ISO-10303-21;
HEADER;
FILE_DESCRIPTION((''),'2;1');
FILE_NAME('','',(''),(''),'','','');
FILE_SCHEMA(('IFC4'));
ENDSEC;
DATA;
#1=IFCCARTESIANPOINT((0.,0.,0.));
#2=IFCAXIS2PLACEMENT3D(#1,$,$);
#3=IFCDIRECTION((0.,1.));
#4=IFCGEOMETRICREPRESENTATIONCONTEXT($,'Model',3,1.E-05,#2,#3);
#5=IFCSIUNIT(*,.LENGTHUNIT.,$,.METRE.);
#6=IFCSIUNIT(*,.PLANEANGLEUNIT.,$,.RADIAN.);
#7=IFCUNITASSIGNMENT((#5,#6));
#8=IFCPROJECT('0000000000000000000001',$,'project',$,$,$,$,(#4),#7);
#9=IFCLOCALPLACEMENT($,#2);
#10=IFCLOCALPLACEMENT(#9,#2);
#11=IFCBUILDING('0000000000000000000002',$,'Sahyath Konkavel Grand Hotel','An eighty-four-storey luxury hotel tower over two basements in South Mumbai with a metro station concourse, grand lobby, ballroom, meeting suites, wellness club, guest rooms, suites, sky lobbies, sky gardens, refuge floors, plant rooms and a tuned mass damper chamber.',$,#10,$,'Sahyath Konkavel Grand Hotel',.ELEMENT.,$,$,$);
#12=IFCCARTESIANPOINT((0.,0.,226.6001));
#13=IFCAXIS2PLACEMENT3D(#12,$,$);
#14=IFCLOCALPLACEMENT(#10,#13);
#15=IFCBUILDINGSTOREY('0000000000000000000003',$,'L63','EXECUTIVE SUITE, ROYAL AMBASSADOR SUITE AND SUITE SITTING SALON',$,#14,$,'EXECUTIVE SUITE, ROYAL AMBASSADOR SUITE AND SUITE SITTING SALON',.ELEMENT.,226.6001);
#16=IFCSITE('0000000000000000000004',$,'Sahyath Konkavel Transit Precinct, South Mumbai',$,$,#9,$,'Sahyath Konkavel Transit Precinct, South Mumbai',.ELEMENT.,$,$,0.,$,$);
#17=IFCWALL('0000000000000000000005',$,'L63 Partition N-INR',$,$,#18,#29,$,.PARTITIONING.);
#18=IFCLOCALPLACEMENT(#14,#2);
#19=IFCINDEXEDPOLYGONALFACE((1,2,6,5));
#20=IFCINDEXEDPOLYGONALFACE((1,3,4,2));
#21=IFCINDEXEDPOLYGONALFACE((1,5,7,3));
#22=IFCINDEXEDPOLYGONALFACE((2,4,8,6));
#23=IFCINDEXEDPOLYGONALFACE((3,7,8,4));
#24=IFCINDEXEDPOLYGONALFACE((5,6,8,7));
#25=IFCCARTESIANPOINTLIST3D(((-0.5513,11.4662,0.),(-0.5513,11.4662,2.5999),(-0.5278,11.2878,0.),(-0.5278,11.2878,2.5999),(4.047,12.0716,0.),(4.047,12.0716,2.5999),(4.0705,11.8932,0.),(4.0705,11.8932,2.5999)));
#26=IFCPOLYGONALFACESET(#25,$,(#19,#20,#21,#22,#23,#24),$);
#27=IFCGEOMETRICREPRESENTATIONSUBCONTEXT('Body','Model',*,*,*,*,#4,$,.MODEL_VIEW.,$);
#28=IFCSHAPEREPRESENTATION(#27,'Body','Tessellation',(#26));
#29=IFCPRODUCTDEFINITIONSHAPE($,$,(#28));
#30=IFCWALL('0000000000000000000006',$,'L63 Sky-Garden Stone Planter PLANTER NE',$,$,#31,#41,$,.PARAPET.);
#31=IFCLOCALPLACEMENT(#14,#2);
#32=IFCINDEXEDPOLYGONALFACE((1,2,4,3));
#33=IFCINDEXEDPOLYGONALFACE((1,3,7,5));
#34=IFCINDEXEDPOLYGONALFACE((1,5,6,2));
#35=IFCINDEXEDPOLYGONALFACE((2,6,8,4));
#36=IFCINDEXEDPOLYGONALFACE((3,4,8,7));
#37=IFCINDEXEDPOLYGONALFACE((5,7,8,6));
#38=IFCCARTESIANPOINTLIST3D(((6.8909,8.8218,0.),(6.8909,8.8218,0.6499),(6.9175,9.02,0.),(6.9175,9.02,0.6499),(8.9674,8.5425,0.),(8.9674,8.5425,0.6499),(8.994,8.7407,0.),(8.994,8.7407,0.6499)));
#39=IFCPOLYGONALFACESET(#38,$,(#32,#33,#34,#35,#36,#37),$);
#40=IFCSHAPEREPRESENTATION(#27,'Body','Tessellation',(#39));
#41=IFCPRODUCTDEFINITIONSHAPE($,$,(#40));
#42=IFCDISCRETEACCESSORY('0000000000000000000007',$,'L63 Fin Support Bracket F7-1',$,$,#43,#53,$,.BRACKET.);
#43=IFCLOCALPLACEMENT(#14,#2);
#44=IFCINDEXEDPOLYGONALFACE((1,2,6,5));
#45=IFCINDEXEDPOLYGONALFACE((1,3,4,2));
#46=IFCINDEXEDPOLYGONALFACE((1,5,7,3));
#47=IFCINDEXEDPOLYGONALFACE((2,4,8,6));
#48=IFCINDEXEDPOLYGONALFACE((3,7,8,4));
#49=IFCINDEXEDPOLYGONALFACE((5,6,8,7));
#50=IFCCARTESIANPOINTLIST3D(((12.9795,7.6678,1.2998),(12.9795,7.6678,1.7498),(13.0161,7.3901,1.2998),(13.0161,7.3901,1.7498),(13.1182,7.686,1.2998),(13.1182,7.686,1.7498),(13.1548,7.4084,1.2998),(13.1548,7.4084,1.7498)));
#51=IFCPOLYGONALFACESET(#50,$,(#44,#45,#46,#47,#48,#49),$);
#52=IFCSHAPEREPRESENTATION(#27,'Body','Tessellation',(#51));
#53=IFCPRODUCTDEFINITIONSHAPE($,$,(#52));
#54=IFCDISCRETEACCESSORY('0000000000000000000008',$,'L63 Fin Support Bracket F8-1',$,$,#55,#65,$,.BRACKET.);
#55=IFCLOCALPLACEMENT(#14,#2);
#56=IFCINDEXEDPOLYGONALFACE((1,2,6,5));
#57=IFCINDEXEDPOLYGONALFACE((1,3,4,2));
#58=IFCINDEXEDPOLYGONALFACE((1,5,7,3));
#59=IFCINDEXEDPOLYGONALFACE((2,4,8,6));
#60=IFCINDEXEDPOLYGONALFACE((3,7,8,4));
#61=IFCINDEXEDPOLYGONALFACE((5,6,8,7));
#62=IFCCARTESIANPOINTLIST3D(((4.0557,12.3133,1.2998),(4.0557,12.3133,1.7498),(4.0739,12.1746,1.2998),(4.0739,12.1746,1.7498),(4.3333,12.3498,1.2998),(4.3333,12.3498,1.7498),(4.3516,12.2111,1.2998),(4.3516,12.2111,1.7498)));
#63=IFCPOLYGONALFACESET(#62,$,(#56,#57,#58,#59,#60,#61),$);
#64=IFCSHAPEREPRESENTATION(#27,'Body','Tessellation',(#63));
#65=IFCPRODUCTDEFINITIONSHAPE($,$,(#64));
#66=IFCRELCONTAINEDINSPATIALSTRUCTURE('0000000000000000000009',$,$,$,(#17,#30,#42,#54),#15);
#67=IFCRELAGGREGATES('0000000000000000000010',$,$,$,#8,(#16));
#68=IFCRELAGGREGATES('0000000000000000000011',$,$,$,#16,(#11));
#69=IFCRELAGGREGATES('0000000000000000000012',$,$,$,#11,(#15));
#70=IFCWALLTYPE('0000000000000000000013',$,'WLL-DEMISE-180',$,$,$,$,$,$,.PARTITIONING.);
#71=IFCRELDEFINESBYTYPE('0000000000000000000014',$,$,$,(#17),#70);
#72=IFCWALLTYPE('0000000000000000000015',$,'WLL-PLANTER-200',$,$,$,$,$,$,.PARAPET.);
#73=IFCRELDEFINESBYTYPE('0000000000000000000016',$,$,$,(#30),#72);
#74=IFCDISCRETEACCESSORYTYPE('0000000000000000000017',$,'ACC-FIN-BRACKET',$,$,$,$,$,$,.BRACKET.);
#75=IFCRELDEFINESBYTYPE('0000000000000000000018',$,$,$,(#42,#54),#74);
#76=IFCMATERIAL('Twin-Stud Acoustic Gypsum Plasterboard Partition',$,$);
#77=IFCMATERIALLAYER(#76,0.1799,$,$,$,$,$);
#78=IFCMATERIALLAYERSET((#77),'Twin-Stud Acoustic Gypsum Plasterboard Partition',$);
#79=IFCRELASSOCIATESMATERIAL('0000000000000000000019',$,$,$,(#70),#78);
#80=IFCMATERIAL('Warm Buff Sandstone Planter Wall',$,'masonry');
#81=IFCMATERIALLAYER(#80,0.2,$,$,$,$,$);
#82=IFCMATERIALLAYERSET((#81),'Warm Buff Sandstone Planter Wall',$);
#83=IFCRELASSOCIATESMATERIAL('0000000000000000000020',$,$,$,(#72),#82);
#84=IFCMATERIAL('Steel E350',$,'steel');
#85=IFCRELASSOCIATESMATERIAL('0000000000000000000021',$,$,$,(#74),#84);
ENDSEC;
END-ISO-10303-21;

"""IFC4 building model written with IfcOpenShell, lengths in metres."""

from ifc_helpers import new_model, si_unit, direction, frame, frame_2d, origin, origin_2d, place, context, subcontext, project, spatial, rectangle, extrude, source, transform, mapped, material, layer, layer_set, type_object, element, save


model = new_model("IFC4")

# Units and contexts
model_context = context("Model", 3, precision=1e-05, world=origin(), true_north=direction((0.0, 1.0)))
body_context = subcontext(model_context, "Body", "Model", "MODEL_VIEW")
ifc_project = project(units=[si_unit("LENGTHUNIT", "METRE"), si_unit("PLANEANGLEUNIT", "RADIAN")], contexts=[model_context])

# Site, building, storey
site_placement = place(None, origin())
site = spatial("IfcSite", under=ifc_project, at=site_placement, Name="Sahyath Konkavel Transit Precinct, South Mumbai", LongName="Sahyath Konkavel Transit Precinct, South Mumbai", CompositionType="ELEMENT", RefElevation=0.0)
building_placement = place(site_placement, origin())
building = spatial("IfcBuilding", under=site, at=building_placement, Name="Sahyath Konkavel Grand Hotel", Description="An eighty-four-storey luxury hotel tower over two basements in South Mumbai with a metro station concourse, grand lobby, ballroom, meeting suites, wellness club, guest rooms, suites, sky lobbies, sky gardens, refuge floors, plant rooms and a tuned mass damper chamber.", LongName="Sahyath Konkavel Grand Hotel", CompositionType="ELEMENT")
storey_placement = place(building_placement, frame((0.0, 0.0, 226.6001)))
storey = spatial("IfcBuildingStorey", under=building, at=storey_placement, Name="L63", Description="EXECUTIVE SUITE, ROYAL AMBASSADOR SUITE AND SUITE SITTING SALON", LongName="EXECUTIVE SUITE, ROYAL AMBASSADOR SUITE AND SUITE SITTING SALON", CompositionType="ELEMENT", Elevation=226.6001)

# Shared definitions
ifc_material_1 = material(Name="Steel E350", Category="steel")

# Walls
ifc_material_2 = material(Name="Twin-Stud Acoustic Gypsum Plasterboard Partition")
ifc_layer_1 = layer(ifc_material_2, 0.1799)
ifc_layer_set_1 = layer_set([ifc_layer_1], Name="Twin-Stud Acoustic Gypsum Plasterboard Partition")
wall_type_1 = type_object("IfcWallType", Name="WLL-DEMISE-180", PredefinedType="PARTITIONING", material=ifc_layer_set_1)
wall_1_placement = place(storey_placement, frame((4.0586, 11.9824, 0.0), z_axis=(0.0, 0.0, 1.0), x_axis=(-0.991442, -0.13055, 0.0)))
element("IfcWall", 1, at=wall_1_placement, inside=storey, type_object=wall_type_1, Name="L63 Partition N-INR", PredefinedType="PARTITIONING", context=body_context, shape_type="SweptSolid", body=[
    extrude(rectangle(XDim=4.6379, YDim=0.1799, at=frame_2d((2.3188, 0.0))), origin(), (0.0, 0.0, 1.0), 2.5999),
])
ifc_material_3 = material(Name="Warm Buff Sandstone Planter Wall", Category="masonry")
ifc_layer_2 = layer(ifc_material_3, 0.2)
ifc_layer_set_2 = layer_set([ifc_layer_2], Name="Warm Buff Sandstone Planter Wall")
wall_type_2 = type_object("IfcWallType", Name="WLL-PLANTER-200", PredefinedType="PARAPET", material=ifc_layer_set_2)
wall_2_placement = place(storey_placement, frame((8.9807, 8.6416, 0.0), z_axis=(0.0, 0.0, 1.0), x_axis=(-0.991075, 0.133309, 0.0)))
element("IfcWall", 2, at=wall_2_placement, inside=storey, type_object=wall_type_2, Name="L63 Sky-Garden Stone Planter PLANTER NE", PredefinedType="PARAPET", context=body_context, shape_type="SweptSolid", body=[
    extrude(rectangle(XDim=2.0952, YDim=0.2, at=frame_2d((1.0476, 0.0))), origin(), (0.0, 0.0, 1.0), 0.6499),
])

# Discrete accessories
discrete_accessory_type = type_object("IfcDiscreteAccessoryType", Name="ACC-FIN-BRACKET", PredefinedType="BRACKET", material=ifc_material_1)
shared_shape_1 = source(origin(), body_context, "Body", "SweptSolid", [
    extrude(rectangle(XDim=0.28, YDim=0.1399, at=origin_2d()), origin(), (0.0, 0.0, 1.0), 0.45),
])
for number, where, z_axis, x_axis, name in (
    (3, (13.0671, 7.5381, 1.2998), (0.0, 0.0, 1.0), (-0.130526, 0.991445, 0.0), "L63 Fin Support Bracket F7-1"),
    (4, (4.2036, 12.2622, 1.2998), (0.0, 0.0, 1.0), (0.991443, 0.130543, 0.0), "L63 Fin Support Bracket F8-1"),
):
    element("IfcDiscreteAccessory", number, at=place(storey_placement, frame(where, z_axis=z_axis, x_axis=x_axis)), inside=storey, type_object=discrete_accessory_type, Name=name, PredefinedType="BRACKET", context=body_context, shape_type="MappedRepresentation", body=[
        mapped(shared_shape_1, transform((0.0, 0.0, 0.0), scale=1.0)),
    ])

save(model, "model.ifc")
